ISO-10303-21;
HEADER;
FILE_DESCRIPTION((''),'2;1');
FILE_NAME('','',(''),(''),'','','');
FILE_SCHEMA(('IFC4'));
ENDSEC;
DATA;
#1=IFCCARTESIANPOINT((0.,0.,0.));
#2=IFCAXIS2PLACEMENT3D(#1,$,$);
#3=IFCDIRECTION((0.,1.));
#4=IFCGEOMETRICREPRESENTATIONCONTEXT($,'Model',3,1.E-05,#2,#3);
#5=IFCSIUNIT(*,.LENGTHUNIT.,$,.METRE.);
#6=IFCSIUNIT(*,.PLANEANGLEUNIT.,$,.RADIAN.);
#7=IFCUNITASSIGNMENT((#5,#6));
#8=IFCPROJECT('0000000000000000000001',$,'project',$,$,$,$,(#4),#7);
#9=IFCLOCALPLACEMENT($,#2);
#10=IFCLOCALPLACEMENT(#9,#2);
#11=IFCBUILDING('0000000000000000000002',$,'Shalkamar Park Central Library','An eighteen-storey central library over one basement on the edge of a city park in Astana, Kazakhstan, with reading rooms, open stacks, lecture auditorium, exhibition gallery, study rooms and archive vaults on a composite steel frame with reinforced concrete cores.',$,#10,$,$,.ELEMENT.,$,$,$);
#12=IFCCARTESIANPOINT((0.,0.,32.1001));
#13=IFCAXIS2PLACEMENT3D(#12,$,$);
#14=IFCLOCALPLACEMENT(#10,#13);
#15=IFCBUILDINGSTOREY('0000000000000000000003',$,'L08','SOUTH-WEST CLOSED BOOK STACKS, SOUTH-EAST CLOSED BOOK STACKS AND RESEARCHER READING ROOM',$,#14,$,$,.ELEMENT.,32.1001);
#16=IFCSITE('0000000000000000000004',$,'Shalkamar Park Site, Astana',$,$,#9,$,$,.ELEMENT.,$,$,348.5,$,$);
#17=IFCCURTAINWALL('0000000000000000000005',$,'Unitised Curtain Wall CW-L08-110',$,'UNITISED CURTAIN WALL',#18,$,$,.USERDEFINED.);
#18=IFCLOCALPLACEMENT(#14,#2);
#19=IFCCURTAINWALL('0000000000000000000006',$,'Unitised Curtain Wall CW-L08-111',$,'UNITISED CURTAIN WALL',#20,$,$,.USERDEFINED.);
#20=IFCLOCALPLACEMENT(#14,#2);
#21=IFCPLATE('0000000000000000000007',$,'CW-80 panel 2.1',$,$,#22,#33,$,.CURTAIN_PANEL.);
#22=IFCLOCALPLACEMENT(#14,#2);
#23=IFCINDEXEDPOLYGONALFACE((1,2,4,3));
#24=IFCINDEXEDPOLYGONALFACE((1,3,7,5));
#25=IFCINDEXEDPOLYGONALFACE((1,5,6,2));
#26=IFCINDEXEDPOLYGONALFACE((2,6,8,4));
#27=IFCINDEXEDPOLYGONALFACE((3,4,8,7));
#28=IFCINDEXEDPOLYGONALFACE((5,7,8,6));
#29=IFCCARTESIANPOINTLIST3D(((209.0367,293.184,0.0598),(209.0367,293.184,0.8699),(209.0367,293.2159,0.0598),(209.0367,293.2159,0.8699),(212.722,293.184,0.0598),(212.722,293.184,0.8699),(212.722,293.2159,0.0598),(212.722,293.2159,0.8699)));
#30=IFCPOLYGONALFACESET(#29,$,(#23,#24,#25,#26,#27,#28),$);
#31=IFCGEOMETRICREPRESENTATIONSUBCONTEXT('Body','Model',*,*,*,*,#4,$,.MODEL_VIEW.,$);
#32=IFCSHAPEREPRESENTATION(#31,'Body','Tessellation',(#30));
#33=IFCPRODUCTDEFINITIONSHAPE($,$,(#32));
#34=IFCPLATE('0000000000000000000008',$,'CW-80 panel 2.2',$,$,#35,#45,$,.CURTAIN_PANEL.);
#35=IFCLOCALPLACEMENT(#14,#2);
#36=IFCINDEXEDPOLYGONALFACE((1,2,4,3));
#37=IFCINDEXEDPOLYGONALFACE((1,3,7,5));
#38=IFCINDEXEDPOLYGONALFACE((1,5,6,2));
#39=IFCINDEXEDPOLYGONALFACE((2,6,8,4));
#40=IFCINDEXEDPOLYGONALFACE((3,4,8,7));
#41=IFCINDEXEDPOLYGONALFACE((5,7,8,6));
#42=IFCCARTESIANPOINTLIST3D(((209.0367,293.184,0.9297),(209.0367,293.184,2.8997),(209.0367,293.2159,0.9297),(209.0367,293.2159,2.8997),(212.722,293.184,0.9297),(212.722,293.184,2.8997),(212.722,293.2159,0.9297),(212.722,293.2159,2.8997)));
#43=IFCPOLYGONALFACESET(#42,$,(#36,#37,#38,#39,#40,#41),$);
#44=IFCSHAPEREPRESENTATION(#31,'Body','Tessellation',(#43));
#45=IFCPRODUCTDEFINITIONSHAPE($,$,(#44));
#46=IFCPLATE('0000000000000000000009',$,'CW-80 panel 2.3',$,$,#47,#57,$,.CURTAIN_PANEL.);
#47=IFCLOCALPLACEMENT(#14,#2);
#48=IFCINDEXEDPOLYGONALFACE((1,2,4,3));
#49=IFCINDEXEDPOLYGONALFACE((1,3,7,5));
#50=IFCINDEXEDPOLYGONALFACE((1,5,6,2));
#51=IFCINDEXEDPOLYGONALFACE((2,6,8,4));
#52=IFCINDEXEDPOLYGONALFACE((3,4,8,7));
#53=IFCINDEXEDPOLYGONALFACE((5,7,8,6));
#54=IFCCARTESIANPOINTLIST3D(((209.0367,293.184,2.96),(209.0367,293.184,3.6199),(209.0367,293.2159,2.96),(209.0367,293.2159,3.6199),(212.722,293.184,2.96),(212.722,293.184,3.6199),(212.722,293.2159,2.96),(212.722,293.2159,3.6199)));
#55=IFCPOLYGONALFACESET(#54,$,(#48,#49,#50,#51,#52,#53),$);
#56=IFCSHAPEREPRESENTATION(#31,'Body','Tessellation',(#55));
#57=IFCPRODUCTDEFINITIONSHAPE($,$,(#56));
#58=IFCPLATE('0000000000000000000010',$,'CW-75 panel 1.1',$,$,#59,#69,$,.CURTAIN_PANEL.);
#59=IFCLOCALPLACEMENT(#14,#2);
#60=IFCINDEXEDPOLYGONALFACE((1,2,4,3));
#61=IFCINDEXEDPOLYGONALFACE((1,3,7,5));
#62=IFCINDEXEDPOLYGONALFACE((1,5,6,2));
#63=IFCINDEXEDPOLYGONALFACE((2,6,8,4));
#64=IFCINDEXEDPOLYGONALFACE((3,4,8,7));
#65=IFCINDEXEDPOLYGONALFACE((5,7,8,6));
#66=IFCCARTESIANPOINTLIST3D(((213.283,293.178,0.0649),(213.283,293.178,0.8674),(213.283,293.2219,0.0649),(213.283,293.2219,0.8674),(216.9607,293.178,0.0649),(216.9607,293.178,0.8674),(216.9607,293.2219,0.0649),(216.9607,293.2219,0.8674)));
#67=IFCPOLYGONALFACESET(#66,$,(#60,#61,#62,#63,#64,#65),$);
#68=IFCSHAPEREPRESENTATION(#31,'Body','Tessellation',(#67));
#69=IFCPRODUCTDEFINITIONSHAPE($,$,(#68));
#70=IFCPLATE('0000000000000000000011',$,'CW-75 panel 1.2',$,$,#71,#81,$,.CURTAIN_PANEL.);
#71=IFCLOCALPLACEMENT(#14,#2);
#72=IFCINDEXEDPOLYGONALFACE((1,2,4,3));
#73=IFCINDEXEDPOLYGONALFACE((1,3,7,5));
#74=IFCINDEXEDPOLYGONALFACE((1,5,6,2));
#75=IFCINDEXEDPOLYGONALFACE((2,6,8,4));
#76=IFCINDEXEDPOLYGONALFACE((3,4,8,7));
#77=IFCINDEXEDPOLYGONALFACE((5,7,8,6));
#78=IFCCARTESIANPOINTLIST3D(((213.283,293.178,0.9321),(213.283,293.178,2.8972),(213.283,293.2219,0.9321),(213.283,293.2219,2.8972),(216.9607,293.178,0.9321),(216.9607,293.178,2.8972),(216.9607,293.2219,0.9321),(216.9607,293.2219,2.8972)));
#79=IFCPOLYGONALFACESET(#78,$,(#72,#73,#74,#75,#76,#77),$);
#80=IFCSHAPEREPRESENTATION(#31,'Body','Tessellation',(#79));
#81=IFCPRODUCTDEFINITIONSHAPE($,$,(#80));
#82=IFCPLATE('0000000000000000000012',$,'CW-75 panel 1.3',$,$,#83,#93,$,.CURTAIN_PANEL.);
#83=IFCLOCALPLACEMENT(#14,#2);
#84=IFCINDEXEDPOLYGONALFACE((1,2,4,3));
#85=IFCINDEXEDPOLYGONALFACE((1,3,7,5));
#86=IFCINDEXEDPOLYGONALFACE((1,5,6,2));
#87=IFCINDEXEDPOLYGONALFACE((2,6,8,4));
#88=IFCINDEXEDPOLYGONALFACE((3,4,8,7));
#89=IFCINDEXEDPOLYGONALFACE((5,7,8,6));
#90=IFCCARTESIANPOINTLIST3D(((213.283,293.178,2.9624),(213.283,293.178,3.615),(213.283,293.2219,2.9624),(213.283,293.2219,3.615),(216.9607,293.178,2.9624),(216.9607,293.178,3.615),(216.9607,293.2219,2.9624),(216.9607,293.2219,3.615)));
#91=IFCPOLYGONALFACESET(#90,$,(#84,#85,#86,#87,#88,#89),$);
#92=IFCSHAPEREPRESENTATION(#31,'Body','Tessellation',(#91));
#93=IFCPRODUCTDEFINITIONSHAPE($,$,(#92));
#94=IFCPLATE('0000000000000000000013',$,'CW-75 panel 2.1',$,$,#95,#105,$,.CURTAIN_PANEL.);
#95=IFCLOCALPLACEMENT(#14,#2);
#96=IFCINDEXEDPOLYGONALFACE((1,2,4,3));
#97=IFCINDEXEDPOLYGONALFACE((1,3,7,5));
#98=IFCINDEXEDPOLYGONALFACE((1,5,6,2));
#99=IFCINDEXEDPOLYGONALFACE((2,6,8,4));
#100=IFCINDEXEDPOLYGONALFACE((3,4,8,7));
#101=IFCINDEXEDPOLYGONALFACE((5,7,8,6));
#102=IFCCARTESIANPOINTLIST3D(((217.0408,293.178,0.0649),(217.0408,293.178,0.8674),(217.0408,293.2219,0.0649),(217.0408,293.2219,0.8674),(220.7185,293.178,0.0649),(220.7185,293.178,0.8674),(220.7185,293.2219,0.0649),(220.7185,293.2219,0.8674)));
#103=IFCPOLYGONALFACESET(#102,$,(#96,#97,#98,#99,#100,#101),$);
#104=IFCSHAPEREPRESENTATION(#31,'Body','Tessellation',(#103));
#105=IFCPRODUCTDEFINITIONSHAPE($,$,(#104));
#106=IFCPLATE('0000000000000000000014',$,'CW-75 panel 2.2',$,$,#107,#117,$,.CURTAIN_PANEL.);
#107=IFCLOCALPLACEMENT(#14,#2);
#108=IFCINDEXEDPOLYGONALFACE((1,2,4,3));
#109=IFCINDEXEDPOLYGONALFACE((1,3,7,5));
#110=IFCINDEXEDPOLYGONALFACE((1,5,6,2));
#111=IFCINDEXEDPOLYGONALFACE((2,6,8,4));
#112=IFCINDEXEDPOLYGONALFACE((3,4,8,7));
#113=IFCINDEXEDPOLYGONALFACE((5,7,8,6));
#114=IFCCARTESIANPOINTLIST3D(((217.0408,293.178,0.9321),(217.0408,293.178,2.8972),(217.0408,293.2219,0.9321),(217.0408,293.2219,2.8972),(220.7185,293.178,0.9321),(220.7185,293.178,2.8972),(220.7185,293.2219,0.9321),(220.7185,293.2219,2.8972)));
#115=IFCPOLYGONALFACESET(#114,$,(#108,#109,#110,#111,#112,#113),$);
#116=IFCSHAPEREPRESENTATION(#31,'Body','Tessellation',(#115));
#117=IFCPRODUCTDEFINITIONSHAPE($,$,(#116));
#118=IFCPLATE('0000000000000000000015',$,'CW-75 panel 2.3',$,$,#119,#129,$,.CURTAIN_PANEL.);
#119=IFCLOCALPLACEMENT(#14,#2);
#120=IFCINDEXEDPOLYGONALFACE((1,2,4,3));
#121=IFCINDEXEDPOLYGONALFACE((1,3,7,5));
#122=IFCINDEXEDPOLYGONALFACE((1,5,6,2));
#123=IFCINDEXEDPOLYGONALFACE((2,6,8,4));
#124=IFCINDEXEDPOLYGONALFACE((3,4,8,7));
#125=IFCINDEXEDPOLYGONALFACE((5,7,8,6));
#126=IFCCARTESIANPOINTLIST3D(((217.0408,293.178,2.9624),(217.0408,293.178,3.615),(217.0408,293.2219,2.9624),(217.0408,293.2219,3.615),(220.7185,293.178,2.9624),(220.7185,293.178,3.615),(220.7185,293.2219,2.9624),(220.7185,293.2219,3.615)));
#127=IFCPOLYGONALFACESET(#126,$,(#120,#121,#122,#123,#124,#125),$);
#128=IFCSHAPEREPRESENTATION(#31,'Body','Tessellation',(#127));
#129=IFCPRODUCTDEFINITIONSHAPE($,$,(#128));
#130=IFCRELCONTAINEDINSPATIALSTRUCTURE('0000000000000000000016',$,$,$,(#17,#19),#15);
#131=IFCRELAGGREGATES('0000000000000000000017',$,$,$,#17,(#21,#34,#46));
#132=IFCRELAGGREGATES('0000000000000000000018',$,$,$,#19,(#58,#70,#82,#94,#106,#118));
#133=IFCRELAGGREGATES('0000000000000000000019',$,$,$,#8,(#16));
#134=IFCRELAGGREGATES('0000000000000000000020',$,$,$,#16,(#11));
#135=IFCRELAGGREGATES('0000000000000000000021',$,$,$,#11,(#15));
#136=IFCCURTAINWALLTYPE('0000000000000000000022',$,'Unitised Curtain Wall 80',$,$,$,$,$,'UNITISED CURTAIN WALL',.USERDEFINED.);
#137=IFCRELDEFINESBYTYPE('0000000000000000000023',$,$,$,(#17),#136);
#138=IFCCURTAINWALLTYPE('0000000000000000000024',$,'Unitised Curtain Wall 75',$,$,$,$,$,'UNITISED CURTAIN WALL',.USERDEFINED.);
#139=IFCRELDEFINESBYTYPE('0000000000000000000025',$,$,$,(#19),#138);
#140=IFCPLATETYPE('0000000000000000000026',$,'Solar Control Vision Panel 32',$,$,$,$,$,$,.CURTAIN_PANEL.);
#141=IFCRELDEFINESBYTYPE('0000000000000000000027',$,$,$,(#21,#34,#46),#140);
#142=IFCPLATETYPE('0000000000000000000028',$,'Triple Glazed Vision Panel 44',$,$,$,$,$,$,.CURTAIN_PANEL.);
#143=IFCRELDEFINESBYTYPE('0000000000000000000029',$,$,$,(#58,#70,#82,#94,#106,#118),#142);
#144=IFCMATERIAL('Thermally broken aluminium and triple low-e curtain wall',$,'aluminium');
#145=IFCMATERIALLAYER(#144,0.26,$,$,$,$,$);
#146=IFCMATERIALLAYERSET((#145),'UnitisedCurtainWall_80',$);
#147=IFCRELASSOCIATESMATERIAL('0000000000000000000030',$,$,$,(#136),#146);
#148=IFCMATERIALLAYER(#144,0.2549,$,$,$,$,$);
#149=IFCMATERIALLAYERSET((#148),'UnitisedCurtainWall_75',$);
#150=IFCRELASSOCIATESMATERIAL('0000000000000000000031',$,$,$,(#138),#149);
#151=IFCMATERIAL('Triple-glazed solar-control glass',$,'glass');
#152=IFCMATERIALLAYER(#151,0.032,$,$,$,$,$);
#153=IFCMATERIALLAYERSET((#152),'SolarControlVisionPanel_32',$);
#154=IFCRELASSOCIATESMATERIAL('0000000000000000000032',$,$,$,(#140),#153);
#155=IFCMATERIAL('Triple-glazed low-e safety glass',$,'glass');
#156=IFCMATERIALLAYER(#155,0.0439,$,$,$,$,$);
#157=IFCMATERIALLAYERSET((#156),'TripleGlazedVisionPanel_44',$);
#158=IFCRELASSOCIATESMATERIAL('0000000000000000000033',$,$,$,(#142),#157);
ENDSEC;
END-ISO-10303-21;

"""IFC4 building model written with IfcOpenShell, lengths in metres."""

from ifc_helpers import new_model, si_unit, direction, frame, origin, origin_2d, place, context, subcontext, project, spatial, rectangle, extrude, material, layer, layer_set, type_object, element, aggregate, save


model = new_model("IFC4")

# Units and contexts
model_context = context("Model", 3, precision=1e-05, world=origin(), true_north=direction((0.0, 1.0)))
body_context = subcontext(model_context, "Body", "Model", "MODEL_VIEW")
ifc_project = project(units=[si_unit("LENGTHUNIT", "METRE"), si_unit("PLANEANGLEUNIT", "RADIAN")], contexts=[model_context])

# Site, building, storey
site_placement = place(None, origin())
site = spatial("IfcSite", under=ifc_project, at=site_placement, Name="Shalkamar Park Site, Astana", CompositionType="ELEMENT", RefElevation=348.5)
building_placement = place(site_placement, origin())
building = spatial("IfcBuilding", under=site, at=building_placement, Name="Shalkamar Park Central Library", Description="An eighteen-storey central library over one basement on the edge of a city park in Astana, Kazakhstan, with reading rooms, open stacks, lecture auditorium, exhibition gallery, study rooms and archive vaults on a composite steel frame with reinforced concrete cores.", CompositionType="ELEMENT")
storey_placement = place(building_placement, frame((0.0, 0.0, 32.1001)))
storey = spatial("IfcBuildingStorey", under=building, at=storey_placement, Name="L08", Description="SOUTH-WEST CLOSED BOOK STACKS, SOUTH-EAST CLOSED BOOK STACKS AND RESEARCHER READING ROOM", CompositionType="ELEMENT", Elevation=32.1001)

# Curtain wall
ifc_material_1 = material(Name="Thermally broken aluminium and triple low-e curtain wall", Category="aluminium")
ifc_layer_1 = layer(ifc_material_1, 0.26)
ifc_layer_set_1 = layer_set([ifc_layer_1], Name="UnitisedCurtainWall_80")
curtain_wall_type_1 = type_object("IfcCurtainWallType", Name="Unitised Curtain Wall 80", ElementType="UNITISED CURTAIN WALL", PredefinedType="USERDEFINED", material=ifc_layer_set_1)
curtain_wall_1_placement = place(storey_placement, origin())
curtain_wall_1 = element("IfcCurtainWall", 1, at=curtain_wall_1_placement, inside=storey, type_object=curtain_wall_type_1, Name="Unitised Curtain Wall CW-L08-110", ObjectType="UNITISED CURTAIN WALL", PredefinedType="USERDEFINED")

# Curtain wall
ifc_layer_2 = layer(ifc_material_1, 0.2549)
ifc_layer_set_2 = layer_set([ifc_layer_2], Name="UnitisedCurtainWall_75")
curtain_wall_type_2 = type_object("IfcCurtainWallType", Name="Unitised Curtain Wall 75", ElementType="UNITISED CURTAIN WALL", PredefinedType="USERDEFINED", material=ifc_layer_set_2)
curtain_wall_2_placement = place(storey_placement, origin())
curtain_wall_2 = element("IfcCurtainWall", 2, at=curtain_wall_2_placement, inside=storey, type_object=curtain_wall_type_2, Name="Unitised Curtain Wall CW-L08-111", ObjectType="UNITISED CURTAIN WALL", PredefinedType="USERDEFINED")

# Plates
ifc_material_2 = material(Name="Triple-glazed solar-control glass", Category="glass")
ifc_layer_3 = layer(ifc_material_2, 0.032)
ifc_layer_set_3 = layer_set([ifc_layer_3], Name="SolarControlVisionPanel_32")
plate_type_1 = type_object("IfcPlateType", Name="Solar Control Vision Panel 32", PredefinedType="CURTAIN_PANEL", material=ifc_layer_set_3)
plate_1_placement = place(storey_placement, frame((210.8794, 293.2, 0.0598), z_axis=(0.0, 0.0, 1.0), x_axis=(1.0, 0.0, 0.0)))
plate_1 = element("IfcPlate", 3, at=plate_1_placement, type_object=plate_type_1, Name="CW-80 panel 2.1", PredefinedType="CURTAIN_PANEL", context=body_context, shape_type="SweptSolid", body=[
    extrude(rectangle(XDim=3.6853, YDim=0.032, at=origin_2d()), origin(), (0.0, 0.0, 1.0), 0.8101),
])
plate_2_placement = place(storey_placement, frame((210.8794, 293.2, 0.9297), z_axis=(0.0, 0.0, 1.0), x_axis=(1.0, 0.0, 0.0)))
plate_2 = element("IfcPlate", 4, at=plate_2_placement, type_object=plate_type_1, Name="CW-80 panel 2.2", PredefinedType="CURTAIN_PANEL", context=body_context, shape_type="SweptSolid", body=[
    extrude(rectangle(XDim=3.6853, YDim=0.032, at=origin_2d()), origin(), (0.0, 0.0, 1.0), 1.97),
])
plate_3_placement = place(storey_placement, frame((210.8794, 293.2, 2.96), z_axis=(0.0, 0.0, 1.0), x_axis=(1.0, 0.0, 0.0)))
plate_3 = element("IfcPlate", 5, at=plate_3_placement, type_object=plate_type_1, Name="CW-80 panel 2.3", PredefinedType="CURTAIN_PANEL", context=body_context, shape_type="SweptSolid", body=[
    extrude(rectangle(XDim=3.6853, YDim=0.032, at=origin_2d()), origin(), (0.0, 0.0, 1.0), 0.6599),
])
aggregate(curtain_wall_1, [plate_1, plate_2, plate_3])
ifc_material_3 = material(Name="Triple-glazed low-e safety glass", Category="glass")
ifc_layer_4 = layer(ifc_material_3, 0.0439)
ifc_layer_set_4 = layer_set([ifc_layer_4], Name="TripleGlazedVisionPanel_44")
plate_type_2 = type_object("IfcPlateType", Name="Triple Glazed Vision Panel 44", PredefinedType="CURTAIN_PANEL", material=ifc_layer_set_4)
plate_4_placement = place(storey_placement, frame((215.1218, 293.2, 0.0649), z_axis=(0.0, 0.0, 1.0), x_axis=(1.0, 0.0, 0.0)))
plate_4 = element("IfcPlate", 6, at=plate_4_placement, type_object=plate_type_2, Name="CW-75 panel 1.1", PredefinedType="CURTAIN_PANEL", context=body_context, shape_type="SweptSolid", body=[
    extrude(rectangle(XDim=3.6777, YDim=0.0439, at=origin_2d()), origin(), (0.0, 0.0, 1.0), 0.8025),
])
plate_5_placement = place(storey_placement, frame((215.1218, 293.2, 0.9321), z_axis=(0.0, 0.0, 1.0), x_axis=(1.0, 0.0, 0.0)))
plate_5 = element("IfcPlate", 7, at=plate_5_placement, type_object=plate_type_2, Name="CW-75 panel 1.2", PredefinedType="CURTAIN_PANEL", context=body_context, shape_type="SweptSolid", body=[
    extrude(rectangle(XDim=3.6777, YDim=0.0439, at=origin_2d()), origin(), (0.0, 0.0, 1.0), 1.9651),
])
plate_6_placement = place(storey_placement, frame((215.1218, 293.2, 2.9624), z_axis=(0.0, 0.0, 1.0), x_axis=(1.0, 0.0, 0.0)))
plate_6 = element("IfcPlate", 8, at=plate_6_placement, type_object=plate_type_2, Name="CW-75 panel 1.3", PredefinedType="CURTAIN_PANEL", context=body_context, shape_type="SweptSolid", body=[
    extrude(rectangle(XDim=3.6777, YDim=0.0439, at=origin_2d()), origin(), (0.0, 0.0, 1.0), 0.6526),
])
plate_7_placement = place(storey_placement, frame((218.8796, 293.2, 0.0649), z_axis=(0.0, 0.0, 1.0), x_axis=(1.0, 0.0, 0.0)))
plate_7 = element("IfcPlate", 9, at=plate_7_placement, type_object=plate_type_2, Name="CW-75 panel 2.1", PredefinedType="CURTAIN_PANEL", context=body_context, shape_type="SweptSolid", body=[
    extrude(rectangle(XDim=3.6777, YDim=0.0439, at=origin_2d()), origin(), (0.0, 0.0, 1.0), 0.8025),
])
plate_8_placement = place(storey_placement, frame((218.8796, 293.2, 0.9321), z_axis=(0.0, 0.0, 1.0), x_axis=(1.0, 0.0, 0.0)))
plate_8 = element("IfcPlate", 10, at=plate_8_placement, type_object=plate_type_2, Name="CW-75 panel 2.2", PredefinedType="CURTAIN_PANEL", context=body_context, shape_type="SweptSolid", body=[
    extrude(rectangle(XDim=3.6777, YDim=0.0439, at=origin_2d()), origin(), (0.0, 0.0, 1.0), 1.9651),
])
plate_9_placement = place(storey_placement, frame((218.8796, 293.2, 2.9624), z_axis=(0.0, 0.0, 1.0), x_axis=(1.0, 0.0, 0.0)))
plate_9 = element("IfcPlate", 11, at=plate_9_placement, type_object=plate_type_2, Name="CW-75 panel 2.3", PredefinedType="CURTAIN_PANEL", context=body_context, shape_type="SweptSolid", body=[
    extrude(rectangle(XDim=3.6777, YDim=0.0439, at=origin_2d()), origin(), (0.0, 0.0, 1.0), 0.6526),
])
aggregate(curtain_wall_2, [plate_4, plate_5, plate_6, plate_7, plate_8, plate_9])

save(model, "model.ifc")
